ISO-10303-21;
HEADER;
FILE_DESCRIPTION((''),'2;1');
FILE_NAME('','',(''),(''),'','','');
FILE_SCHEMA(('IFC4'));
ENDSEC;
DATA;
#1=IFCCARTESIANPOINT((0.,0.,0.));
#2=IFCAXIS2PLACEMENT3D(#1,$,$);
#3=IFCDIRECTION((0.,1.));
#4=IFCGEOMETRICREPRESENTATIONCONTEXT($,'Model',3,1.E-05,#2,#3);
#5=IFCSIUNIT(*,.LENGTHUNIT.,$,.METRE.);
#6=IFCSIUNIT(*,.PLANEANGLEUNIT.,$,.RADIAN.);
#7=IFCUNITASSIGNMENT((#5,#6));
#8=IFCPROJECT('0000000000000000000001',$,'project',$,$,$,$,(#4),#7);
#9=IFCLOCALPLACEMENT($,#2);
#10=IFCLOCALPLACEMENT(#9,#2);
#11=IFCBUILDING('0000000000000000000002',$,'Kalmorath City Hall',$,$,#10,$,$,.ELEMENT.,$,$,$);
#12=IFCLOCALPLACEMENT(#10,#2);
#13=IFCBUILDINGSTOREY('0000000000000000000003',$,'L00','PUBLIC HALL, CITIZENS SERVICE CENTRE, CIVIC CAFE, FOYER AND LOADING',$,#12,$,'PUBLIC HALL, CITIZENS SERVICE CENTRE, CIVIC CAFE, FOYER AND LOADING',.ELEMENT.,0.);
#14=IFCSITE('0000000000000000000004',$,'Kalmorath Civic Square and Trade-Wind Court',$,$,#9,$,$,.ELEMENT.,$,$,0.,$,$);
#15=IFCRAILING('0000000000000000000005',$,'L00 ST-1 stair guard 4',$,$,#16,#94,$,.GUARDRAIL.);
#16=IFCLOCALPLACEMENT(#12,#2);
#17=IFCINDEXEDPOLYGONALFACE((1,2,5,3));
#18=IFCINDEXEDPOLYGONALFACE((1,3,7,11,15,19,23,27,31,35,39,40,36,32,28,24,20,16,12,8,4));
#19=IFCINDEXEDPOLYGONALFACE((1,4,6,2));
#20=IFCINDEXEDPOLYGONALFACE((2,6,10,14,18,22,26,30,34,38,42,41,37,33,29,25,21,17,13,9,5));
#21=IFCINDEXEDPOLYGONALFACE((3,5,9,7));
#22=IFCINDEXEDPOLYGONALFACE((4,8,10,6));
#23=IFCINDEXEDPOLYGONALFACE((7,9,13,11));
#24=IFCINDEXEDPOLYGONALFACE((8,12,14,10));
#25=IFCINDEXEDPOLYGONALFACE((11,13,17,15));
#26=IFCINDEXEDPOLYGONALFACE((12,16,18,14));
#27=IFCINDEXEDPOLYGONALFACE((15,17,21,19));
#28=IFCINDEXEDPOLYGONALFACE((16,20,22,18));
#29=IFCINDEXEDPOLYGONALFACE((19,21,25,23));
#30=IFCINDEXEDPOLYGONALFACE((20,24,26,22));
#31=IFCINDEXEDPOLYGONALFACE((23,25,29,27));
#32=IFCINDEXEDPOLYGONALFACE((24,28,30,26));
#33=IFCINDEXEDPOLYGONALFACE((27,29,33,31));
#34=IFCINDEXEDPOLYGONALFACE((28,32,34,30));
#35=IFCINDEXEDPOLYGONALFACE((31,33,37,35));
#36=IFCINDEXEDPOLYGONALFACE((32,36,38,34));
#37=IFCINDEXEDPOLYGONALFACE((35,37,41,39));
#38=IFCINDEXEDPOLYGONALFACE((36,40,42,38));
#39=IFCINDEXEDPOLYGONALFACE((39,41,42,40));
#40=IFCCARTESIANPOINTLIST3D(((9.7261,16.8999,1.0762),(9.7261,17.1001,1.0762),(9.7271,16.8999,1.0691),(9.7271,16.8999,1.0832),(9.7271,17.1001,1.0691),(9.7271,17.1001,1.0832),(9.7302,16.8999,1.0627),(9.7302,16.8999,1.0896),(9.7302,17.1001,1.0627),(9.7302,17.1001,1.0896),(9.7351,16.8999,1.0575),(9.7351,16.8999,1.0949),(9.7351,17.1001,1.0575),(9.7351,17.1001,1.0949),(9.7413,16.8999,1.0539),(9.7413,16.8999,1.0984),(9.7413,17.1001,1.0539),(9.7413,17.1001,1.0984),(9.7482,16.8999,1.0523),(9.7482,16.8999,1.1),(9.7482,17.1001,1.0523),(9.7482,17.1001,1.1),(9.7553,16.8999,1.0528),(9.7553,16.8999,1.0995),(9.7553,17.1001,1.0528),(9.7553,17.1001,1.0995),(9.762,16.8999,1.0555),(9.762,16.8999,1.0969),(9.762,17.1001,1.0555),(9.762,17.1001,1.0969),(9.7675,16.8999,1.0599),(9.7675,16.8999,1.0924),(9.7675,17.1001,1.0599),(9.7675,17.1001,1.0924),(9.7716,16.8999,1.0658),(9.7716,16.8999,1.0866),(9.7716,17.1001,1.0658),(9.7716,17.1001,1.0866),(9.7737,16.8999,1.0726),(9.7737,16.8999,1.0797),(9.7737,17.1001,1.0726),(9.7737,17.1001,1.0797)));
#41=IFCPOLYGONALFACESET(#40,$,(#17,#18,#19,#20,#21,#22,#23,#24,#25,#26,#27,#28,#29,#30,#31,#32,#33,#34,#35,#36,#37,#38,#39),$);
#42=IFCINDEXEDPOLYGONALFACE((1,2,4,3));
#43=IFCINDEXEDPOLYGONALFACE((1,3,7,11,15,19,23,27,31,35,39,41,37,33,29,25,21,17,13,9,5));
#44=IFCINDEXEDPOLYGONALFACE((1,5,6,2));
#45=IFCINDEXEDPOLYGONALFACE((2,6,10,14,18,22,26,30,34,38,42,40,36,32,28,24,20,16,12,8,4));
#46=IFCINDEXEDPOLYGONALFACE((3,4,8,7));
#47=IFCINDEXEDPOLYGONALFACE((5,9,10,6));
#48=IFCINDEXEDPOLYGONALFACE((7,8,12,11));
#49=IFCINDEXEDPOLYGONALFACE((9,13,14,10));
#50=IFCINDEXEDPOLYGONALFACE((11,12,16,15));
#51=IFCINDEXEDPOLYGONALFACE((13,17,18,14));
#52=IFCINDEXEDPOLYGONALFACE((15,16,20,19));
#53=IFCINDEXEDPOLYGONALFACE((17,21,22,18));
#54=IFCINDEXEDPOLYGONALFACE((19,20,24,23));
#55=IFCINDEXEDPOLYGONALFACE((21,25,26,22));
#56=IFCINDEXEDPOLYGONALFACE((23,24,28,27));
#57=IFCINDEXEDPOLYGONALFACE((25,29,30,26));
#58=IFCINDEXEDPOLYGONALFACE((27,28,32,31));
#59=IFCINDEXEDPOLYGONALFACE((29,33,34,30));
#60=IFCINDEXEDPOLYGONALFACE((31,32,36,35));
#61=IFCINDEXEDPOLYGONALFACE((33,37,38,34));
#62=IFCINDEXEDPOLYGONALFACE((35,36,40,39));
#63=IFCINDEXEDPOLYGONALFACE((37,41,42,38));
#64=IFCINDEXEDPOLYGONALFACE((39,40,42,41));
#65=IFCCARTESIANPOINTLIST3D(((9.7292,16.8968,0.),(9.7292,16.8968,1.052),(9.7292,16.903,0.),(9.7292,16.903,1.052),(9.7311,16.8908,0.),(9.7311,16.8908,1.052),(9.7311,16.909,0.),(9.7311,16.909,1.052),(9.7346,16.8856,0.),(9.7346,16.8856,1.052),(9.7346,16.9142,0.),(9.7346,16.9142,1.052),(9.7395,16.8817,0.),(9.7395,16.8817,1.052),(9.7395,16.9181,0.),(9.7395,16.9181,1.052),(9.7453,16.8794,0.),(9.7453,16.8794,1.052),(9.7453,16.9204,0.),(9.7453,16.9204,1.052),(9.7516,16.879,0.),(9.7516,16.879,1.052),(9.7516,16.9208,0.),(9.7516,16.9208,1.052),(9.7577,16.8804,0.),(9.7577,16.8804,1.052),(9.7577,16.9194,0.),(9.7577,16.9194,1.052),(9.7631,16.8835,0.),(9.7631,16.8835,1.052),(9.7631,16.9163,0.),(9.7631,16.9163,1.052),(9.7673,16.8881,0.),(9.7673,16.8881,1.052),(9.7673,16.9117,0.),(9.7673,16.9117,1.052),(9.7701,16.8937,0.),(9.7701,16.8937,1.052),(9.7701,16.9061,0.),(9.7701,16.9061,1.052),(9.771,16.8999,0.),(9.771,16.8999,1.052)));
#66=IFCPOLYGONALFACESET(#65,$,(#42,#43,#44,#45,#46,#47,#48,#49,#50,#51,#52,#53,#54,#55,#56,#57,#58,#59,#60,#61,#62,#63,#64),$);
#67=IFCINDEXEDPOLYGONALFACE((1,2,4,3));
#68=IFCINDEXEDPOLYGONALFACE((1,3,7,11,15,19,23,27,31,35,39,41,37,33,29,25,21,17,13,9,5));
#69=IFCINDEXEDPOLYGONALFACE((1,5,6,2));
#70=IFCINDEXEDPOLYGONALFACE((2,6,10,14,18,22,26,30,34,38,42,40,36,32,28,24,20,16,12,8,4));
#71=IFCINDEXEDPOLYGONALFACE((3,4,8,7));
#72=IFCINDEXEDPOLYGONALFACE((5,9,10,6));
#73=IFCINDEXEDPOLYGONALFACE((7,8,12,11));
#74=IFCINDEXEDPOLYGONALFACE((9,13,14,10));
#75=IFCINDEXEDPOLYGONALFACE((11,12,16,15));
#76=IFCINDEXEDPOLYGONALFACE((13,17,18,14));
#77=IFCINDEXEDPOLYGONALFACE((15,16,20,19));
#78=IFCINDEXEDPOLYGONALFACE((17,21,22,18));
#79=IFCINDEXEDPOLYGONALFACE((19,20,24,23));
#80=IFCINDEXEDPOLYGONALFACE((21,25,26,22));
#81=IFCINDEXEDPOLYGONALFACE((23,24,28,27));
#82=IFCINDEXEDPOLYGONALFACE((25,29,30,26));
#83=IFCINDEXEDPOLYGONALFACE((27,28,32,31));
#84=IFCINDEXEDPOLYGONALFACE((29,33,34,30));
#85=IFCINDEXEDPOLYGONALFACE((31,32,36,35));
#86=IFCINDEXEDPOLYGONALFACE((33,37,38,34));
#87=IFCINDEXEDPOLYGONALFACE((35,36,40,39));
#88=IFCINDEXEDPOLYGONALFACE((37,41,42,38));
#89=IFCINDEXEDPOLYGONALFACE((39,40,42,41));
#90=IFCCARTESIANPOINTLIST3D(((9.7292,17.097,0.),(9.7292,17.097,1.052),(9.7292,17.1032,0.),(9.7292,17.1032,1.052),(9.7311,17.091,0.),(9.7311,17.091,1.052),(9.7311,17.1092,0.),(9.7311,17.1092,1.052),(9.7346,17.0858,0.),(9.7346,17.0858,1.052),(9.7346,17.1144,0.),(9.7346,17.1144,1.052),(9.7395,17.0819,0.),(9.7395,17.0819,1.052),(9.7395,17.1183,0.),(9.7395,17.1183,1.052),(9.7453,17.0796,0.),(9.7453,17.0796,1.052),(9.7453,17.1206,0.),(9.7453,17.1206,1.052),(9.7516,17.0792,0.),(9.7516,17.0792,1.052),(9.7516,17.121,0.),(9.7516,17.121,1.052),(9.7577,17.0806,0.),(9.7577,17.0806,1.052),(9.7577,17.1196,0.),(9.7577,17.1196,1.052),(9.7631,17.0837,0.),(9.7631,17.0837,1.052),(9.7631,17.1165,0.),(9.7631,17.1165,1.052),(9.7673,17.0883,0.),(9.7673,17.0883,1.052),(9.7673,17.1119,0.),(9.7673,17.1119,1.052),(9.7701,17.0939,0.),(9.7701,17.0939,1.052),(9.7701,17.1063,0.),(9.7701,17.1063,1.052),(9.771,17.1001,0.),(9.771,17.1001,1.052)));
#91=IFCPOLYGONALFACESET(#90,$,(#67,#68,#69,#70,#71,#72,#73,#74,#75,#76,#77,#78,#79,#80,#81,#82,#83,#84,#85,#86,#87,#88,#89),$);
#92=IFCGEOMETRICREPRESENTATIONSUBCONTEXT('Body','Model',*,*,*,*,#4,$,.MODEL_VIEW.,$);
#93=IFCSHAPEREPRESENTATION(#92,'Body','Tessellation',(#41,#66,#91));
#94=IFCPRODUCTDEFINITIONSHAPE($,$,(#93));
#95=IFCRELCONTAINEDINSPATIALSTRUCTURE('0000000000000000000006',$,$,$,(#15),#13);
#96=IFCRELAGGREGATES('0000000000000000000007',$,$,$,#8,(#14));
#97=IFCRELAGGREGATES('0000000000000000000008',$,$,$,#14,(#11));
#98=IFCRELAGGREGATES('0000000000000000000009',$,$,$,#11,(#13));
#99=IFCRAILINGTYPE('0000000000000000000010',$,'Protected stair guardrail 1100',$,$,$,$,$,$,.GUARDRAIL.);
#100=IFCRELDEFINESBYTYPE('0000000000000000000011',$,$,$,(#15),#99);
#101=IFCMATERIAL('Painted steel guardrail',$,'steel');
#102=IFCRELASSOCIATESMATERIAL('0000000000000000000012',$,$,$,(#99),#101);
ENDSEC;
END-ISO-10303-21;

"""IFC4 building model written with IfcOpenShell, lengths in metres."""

from ifc_helpers import new_model, si_unit, direction, frame, origin, origin_2d, place, context, subcontext, project, spatial, circle, extrude, material, type_object, element, save


model = new_model("IFC4")

# Units and contexts
model_context = context("Model", 3, precision=1e-05, world=origin(), true_north=direction((0.0, 1.0)))
body_context = subcontext(model_context, "Body", "Model", "MODEL_VIEW")
ifc_project = project(units=[si_unit("LENGTHUNIT", "METRE"), si_unit("PLANEANGLEUNIT", "RADIAN")], contexts=[model_context])

# Site, building, storey
site_placement = place(None, origin())
site = spatial("IfcSite", under=ifc_project, at=site_placement, Name="Kalmorath Civic Square and Trade-Wind Court", CompositionType="ELEMENT", RefElevation=0.0)
building_placement = place(site_placement, origin())
building = spatial("IfcBuilding", under=site, at=building_placement, Name="Kalmorath City Hall", CompositionType="ELEMENT")
storey_placement = place(building_placement, origin())
storey = spatial("IfcBuildingStorey", under=building, at=storey_placement, Name="L00", Description="PUBLIC HALL, CITIZENS SERVICE CENTRE, CIVIC CAFE, FOYER AND LOADING", LongName="PUBLIC HALL, CITIZENS SERVICE CENTRE, CIVIC CAFE, FOYER AND LOADING", CompositionType="ELEMENT", Elevation=0.0)

# Railing
ifc_material_1 = material(Name="Painted steel guardrail", Category="steel")
railing_type_1 = type_object("IfcRailingType", Name="Protected stair guardrail 1100", PredefinedType="GUARDRAIL", material=ifc_material_1)
railing_1_placement = place(storey_placement, frame((9.75, 16.8999, 0.0)))
element("IfcRailing", 1, at=railing_1_placement, inside=storey, type_object=railing_type_1, Name="L00 ST-1 stair guard 4", PredefinedType="GUARDRAIL", context=body_context, shape_type="SweptSolid", body=[
    extrude(circle(Radius=0.0239, at=origin_2d()), frame((0.0, 0.0, 1.0762), z_axis=(0.0, 1.0, 0.0), x_axis=(-1.0, 0.0, 0.0)), (0.0, 0.0, 1.0), 0.2002),
    extrude(circle(Radius=0.021, at=origin_2d()), origin(), (0.0, 0.0, 1.0), 1.052),
    extrude(circle(Radius=0.021, at=origin_2d()), frame((0.0, 0.2002, 0.0)), (0.0, 0.0, 1.0), 1.052),
])

save(model, "model.ifc")
